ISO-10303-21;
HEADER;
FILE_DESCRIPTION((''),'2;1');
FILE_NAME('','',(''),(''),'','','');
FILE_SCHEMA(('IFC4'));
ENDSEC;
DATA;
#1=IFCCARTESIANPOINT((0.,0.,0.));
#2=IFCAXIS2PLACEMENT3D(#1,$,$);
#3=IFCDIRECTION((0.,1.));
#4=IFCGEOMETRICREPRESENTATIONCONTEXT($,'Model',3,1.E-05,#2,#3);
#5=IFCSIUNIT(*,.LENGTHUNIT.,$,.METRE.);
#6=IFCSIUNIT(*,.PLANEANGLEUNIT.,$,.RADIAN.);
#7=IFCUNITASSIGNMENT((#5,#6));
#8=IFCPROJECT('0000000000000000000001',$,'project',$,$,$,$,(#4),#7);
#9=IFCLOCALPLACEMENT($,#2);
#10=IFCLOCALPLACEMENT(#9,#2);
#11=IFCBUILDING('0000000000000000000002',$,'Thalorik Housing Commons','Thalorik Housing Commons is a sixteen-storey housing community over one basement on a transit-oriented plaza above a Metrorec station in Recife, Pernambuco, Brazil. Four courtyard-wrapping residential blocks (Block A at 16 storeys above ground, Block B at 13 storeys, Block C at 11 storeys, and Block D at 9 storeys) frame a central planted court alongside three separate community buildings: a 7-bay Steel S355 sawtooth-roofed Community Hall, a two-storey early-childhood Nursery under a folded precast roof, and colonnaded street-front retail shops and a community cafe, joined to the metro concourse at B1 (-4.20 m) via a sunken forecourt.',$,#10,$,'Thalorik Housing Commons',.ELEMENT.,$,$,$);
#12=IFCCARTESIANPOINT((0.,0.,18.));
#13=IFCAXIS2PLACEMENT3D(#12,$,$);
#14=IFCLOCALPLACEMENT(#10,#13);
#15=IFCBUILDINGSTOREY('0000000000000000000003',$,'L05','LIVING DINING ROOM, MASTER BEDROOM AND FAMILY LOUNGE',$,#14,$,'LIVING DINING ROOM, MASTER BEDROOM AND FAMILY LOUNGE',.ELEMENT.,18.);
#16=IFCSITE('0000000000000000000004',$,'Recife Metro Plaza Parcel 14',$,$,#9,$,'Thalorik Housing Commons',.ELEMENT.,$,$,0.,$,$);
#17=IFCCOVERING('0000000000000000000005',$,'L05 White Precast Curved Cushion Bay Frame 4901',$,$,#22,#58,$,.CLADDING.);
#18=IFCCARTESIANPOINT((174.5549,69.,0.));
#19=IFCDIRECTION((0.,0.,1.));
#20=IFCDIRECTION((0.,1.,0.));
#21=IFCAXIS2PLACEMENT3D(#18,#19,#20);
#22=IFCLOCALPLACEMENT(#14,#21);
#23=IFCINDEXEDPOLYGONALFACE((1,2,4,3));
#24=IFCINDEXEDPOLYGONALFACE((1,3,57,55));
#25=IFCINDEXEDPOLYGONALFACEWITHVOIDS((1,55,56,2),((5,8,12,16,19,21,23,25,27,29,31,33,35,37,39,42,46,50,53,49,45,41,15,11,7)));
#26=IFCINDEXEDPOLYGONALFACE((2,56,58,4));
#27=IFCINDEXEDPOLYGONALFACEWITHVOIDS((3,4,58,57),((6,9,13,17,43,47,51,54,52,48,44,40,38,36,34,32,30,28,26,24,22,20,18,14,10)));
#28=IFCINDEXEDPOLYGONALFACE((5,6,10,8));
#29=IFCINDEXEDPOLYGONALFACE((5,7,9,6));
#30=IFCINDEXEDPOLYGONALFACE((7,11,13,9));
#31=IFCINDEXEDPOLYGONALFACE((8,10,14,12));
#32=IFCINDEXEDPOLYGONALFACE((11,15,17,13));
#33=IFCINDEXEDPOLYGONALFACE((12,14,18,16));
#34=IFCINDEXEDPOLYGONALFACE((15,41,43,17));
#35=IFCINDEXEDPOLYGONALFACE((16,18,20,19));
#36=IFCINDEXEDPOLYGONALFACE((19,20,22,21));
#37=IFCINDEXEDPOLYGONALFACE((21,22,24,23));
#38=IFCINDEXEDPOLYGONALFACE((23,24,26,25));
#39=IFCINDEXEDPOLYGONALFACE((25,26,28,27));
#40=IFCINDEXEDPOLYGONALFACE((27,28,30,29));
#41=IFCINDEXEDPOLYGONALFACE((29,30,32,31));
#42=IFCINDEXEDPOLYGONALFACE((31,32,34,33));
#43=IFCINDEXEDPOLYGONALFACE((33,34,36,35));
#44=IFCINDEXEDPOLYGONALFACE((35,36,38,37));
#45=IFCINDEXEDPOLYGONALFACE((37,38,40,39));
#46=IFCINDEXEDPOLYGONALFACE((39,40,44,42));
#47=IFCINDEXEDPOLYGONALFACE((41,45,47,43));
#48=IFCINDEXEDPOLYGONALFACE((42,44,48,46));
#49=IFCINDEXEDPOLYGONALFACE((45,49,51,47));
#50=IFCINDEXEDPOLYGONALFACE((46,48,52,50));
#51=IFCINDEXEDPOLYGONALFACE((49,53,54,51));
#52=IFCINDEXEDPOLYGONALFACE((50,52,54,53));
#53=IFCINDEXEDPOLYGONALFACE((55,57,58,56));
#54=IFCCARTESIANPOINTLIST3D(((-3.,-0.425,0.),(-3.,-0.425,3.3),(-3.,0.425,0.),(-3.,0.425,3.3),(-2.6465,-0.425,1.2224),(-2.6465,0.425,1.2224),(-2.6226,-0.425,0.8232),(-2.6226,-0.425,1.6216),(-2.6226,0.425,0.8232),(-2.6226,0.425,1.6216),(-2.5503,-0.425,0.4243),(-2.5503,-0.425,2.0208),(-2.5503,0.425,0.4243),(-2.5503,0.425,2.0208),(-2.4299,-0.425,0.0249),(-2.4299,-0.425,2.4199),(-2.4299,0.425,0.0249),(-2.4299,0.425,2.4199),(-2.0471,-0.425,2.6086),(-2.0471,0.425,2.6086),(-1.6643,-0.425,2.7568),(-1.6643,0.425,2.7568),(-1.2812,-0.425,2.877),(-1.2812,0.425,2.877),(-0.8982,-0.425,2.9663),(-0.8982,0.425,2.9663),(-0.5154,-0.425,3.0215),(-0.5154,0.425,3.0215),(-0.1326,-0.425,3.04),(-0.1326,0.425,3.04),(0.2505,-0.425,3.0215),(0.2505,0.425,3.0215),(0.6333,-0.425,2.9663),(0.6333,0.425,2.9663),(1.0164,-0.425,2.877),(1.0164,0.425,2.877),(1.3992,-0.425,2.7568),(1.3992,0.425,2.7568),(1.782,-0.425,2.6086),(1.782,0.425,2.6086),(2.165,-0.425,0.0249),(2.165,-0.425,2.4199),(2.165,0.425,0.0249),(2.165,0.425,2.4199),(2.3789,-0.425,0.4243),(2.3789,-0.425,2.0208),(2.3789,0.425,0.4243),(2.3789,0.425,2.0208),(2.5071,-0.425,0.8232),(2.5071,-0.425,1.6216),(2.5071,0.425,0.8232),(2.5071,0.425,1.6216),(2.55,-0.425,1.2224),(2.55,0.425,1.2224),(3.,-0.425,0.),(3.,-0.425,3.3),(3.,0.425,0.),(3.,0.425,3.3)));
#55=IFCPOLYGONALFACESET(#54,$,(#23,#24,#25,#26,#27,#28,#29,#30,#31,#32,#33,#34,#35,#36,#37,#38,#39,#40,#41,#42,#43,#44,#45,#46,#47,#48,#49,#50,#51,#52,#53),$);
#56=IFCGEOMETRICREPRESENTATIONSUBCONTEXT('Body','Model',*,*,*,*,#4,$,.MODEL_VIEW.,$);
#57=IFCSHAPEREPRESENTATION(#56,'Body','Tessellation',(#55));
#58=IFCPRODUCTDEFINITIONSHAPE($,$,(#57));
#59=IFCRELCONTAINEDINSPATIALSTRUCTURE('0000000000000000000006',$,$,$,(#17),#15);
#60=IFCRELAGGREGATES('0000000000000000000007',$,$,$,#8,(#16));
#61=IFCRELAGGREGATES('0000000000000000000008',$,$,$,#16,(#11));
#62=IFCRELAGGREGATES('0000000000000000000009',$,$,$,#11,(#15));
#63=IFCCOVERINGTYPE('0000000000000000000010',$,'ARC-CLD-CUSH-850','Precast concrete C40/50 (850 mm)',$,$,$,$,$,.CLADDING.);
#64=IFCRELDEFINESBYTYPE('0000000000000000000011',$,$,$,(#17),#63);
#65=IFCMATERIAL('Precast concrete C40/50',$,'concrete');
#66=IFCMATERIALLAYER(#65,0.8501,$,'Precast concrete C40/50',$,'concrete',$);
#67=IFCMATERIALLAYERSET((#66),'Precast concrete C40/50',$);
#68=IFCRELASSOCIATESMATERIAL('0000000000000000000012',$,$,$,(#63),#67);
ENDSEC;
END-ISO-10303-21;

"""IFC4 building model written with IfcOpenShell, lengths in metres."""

from ifc_helpers import new_model, si_unit, direction, frame, origin, place, context, subcontext, project, spatial, polyline, outline, extrude, material, layer, layer_set, type_object, element, save


model = new_model("IFC4")

# Units and contexts
model_context = context("Model", 3, precision=1e-05, world=origin(), true_north=direction((0.0, 1.0)))
body_context = subcontext(model_context, "Body", "Model", "MODEL_VIEW")
ifc_project = project(units=[si_unit("LENGTHUNIT", "METRE"), si_unit("PLANEANGLEUNIT", "RADIAN")], contexts=[model_context])

# Site, building, storey
site_placement = place(None, origin())
site = spatial("IfcSite", under=ifc_project, at=site_placement, Name="Recife Metro Plaza Parcel 14", LongName="Thalorik Housing Commons", CompositionType="ELEMENT", RefElevation=0.0)
building_placement = place(site_placement, origin())
building = spatial("IfcBuilding", under=site, at=building_placement, Name="Thalorik Housing Commons", Description="Thalorik Housing Commons is a sixteen-storey housing community over one basement on a transit-oriented plaza above a Metrorec station in Recife, Pernambuco, Brazil. Four courtyard-wrapping residential blocks (Block A at 16 storeys above ground, Block B at 13 storeys, Block C at 11 storeys, and Block D at 9 storeys) frame a central planted court alongside three separate community buildings: a 7-bay Steel S355 sawtooth-roofed Community Hall, a two-storey early-childhood Nursery under a folded precast roof, and colonnaded street-front retail shops and a community cafe, joined to the metro concourse at B1 (-4.20 m) via a sunken forecourt.", LongName="Thalorik Housing Commons", CompositionType="ELEMENT")
storey_placement = place(building_placement, frame((0.0, 0.0, 18.0)))
storey = spatial("IfcBuildingStorey", under=building, at=storey_placement, Name="L05", Description="LIVING DINING ROOM, MASTER BEDROOM AND FAMILY LOUNGE", LongName="LIVING DINING ROOM, MASTER BEDROOM AND FAMILY LOUNGE", CompositionType="ELEMENT", Elevation=18.0)

# Shared definitions
ifc_material_1 = material(Name="Precast concrete C40/50", Category="concrete")

# Covering
ifc_layer_1 = layer(ifc_material_1, 0.8501, Name="Precast concrete C40/50", Category="concrete")
ifc_layer_set_1 = layer_set([ifc_layer_1], Name="Precast concrete C40/50")
covering_type_1 = type_object("IfcCoveringType", Name="ARC-CLD-CUSH-850", Description="Precast concrete C40/50 (850 mm)", PredefinedType="CLADDING", material=ifc_layer_set_1)
covering_1_placement = place(storey_placement, frame((174.5549, 69.0, 0.0), z_axis=(0.0, 0.0, 1.0), x_axis=(0.0, 1.0, 0.0)))
element("IfcCovering", 1, at=covering_1_placement, inside=storey, type_object=covering_type_1, Name="L05 White Precast Curved Cushion Bay Frame 4901", PredefinedType="CLADDING", context=body_context, shape_type="SweptSolid", body=[
    extrude(outline(polyline([(-3.0, 0.0), (3.0, 0.0), (3.0, 3.3), (-3.0, 3.3), (-3.0, 0.0)]), holes=[polyline([(2.165, 0.0249), (2.3789, 0.4243), (2.5071, 0.8232), (2.55, 1.2224), (2.5071, 1.6216), (2.3789, 2.0208), (2.165, 2.4199), (1.782, 2.6086), (1.3992, 2.7568), (1.0164, 2.877), (0.6333, 2.9663), (0.2505, 3.0215), (-0.1326, 3.04), (-0.5154, 3.0215), (-0.8982, 2.9663), (-1.2812, 2.877), (-1.6643, 2.7568), (-2.0471, 2.6086), (-2.4299, 2.4199), (-2.5503, 2.0208), (-2.6226, 1.6216), (-2.6465, 1.2224), (-2.6226, 0.8232), (-2.5503, 0.4243), (-2.4299, 0.0249), (2.165, 0.0249)])]), frame((0.0, 0.425, 0.0), z_axis=(0.0, -1.0, 0.0), x_axis=(1.0, 0.0, 0.0)), (0.0, 0.0, 1.0), 0.8501),
])

save(model, "model.ifc")
